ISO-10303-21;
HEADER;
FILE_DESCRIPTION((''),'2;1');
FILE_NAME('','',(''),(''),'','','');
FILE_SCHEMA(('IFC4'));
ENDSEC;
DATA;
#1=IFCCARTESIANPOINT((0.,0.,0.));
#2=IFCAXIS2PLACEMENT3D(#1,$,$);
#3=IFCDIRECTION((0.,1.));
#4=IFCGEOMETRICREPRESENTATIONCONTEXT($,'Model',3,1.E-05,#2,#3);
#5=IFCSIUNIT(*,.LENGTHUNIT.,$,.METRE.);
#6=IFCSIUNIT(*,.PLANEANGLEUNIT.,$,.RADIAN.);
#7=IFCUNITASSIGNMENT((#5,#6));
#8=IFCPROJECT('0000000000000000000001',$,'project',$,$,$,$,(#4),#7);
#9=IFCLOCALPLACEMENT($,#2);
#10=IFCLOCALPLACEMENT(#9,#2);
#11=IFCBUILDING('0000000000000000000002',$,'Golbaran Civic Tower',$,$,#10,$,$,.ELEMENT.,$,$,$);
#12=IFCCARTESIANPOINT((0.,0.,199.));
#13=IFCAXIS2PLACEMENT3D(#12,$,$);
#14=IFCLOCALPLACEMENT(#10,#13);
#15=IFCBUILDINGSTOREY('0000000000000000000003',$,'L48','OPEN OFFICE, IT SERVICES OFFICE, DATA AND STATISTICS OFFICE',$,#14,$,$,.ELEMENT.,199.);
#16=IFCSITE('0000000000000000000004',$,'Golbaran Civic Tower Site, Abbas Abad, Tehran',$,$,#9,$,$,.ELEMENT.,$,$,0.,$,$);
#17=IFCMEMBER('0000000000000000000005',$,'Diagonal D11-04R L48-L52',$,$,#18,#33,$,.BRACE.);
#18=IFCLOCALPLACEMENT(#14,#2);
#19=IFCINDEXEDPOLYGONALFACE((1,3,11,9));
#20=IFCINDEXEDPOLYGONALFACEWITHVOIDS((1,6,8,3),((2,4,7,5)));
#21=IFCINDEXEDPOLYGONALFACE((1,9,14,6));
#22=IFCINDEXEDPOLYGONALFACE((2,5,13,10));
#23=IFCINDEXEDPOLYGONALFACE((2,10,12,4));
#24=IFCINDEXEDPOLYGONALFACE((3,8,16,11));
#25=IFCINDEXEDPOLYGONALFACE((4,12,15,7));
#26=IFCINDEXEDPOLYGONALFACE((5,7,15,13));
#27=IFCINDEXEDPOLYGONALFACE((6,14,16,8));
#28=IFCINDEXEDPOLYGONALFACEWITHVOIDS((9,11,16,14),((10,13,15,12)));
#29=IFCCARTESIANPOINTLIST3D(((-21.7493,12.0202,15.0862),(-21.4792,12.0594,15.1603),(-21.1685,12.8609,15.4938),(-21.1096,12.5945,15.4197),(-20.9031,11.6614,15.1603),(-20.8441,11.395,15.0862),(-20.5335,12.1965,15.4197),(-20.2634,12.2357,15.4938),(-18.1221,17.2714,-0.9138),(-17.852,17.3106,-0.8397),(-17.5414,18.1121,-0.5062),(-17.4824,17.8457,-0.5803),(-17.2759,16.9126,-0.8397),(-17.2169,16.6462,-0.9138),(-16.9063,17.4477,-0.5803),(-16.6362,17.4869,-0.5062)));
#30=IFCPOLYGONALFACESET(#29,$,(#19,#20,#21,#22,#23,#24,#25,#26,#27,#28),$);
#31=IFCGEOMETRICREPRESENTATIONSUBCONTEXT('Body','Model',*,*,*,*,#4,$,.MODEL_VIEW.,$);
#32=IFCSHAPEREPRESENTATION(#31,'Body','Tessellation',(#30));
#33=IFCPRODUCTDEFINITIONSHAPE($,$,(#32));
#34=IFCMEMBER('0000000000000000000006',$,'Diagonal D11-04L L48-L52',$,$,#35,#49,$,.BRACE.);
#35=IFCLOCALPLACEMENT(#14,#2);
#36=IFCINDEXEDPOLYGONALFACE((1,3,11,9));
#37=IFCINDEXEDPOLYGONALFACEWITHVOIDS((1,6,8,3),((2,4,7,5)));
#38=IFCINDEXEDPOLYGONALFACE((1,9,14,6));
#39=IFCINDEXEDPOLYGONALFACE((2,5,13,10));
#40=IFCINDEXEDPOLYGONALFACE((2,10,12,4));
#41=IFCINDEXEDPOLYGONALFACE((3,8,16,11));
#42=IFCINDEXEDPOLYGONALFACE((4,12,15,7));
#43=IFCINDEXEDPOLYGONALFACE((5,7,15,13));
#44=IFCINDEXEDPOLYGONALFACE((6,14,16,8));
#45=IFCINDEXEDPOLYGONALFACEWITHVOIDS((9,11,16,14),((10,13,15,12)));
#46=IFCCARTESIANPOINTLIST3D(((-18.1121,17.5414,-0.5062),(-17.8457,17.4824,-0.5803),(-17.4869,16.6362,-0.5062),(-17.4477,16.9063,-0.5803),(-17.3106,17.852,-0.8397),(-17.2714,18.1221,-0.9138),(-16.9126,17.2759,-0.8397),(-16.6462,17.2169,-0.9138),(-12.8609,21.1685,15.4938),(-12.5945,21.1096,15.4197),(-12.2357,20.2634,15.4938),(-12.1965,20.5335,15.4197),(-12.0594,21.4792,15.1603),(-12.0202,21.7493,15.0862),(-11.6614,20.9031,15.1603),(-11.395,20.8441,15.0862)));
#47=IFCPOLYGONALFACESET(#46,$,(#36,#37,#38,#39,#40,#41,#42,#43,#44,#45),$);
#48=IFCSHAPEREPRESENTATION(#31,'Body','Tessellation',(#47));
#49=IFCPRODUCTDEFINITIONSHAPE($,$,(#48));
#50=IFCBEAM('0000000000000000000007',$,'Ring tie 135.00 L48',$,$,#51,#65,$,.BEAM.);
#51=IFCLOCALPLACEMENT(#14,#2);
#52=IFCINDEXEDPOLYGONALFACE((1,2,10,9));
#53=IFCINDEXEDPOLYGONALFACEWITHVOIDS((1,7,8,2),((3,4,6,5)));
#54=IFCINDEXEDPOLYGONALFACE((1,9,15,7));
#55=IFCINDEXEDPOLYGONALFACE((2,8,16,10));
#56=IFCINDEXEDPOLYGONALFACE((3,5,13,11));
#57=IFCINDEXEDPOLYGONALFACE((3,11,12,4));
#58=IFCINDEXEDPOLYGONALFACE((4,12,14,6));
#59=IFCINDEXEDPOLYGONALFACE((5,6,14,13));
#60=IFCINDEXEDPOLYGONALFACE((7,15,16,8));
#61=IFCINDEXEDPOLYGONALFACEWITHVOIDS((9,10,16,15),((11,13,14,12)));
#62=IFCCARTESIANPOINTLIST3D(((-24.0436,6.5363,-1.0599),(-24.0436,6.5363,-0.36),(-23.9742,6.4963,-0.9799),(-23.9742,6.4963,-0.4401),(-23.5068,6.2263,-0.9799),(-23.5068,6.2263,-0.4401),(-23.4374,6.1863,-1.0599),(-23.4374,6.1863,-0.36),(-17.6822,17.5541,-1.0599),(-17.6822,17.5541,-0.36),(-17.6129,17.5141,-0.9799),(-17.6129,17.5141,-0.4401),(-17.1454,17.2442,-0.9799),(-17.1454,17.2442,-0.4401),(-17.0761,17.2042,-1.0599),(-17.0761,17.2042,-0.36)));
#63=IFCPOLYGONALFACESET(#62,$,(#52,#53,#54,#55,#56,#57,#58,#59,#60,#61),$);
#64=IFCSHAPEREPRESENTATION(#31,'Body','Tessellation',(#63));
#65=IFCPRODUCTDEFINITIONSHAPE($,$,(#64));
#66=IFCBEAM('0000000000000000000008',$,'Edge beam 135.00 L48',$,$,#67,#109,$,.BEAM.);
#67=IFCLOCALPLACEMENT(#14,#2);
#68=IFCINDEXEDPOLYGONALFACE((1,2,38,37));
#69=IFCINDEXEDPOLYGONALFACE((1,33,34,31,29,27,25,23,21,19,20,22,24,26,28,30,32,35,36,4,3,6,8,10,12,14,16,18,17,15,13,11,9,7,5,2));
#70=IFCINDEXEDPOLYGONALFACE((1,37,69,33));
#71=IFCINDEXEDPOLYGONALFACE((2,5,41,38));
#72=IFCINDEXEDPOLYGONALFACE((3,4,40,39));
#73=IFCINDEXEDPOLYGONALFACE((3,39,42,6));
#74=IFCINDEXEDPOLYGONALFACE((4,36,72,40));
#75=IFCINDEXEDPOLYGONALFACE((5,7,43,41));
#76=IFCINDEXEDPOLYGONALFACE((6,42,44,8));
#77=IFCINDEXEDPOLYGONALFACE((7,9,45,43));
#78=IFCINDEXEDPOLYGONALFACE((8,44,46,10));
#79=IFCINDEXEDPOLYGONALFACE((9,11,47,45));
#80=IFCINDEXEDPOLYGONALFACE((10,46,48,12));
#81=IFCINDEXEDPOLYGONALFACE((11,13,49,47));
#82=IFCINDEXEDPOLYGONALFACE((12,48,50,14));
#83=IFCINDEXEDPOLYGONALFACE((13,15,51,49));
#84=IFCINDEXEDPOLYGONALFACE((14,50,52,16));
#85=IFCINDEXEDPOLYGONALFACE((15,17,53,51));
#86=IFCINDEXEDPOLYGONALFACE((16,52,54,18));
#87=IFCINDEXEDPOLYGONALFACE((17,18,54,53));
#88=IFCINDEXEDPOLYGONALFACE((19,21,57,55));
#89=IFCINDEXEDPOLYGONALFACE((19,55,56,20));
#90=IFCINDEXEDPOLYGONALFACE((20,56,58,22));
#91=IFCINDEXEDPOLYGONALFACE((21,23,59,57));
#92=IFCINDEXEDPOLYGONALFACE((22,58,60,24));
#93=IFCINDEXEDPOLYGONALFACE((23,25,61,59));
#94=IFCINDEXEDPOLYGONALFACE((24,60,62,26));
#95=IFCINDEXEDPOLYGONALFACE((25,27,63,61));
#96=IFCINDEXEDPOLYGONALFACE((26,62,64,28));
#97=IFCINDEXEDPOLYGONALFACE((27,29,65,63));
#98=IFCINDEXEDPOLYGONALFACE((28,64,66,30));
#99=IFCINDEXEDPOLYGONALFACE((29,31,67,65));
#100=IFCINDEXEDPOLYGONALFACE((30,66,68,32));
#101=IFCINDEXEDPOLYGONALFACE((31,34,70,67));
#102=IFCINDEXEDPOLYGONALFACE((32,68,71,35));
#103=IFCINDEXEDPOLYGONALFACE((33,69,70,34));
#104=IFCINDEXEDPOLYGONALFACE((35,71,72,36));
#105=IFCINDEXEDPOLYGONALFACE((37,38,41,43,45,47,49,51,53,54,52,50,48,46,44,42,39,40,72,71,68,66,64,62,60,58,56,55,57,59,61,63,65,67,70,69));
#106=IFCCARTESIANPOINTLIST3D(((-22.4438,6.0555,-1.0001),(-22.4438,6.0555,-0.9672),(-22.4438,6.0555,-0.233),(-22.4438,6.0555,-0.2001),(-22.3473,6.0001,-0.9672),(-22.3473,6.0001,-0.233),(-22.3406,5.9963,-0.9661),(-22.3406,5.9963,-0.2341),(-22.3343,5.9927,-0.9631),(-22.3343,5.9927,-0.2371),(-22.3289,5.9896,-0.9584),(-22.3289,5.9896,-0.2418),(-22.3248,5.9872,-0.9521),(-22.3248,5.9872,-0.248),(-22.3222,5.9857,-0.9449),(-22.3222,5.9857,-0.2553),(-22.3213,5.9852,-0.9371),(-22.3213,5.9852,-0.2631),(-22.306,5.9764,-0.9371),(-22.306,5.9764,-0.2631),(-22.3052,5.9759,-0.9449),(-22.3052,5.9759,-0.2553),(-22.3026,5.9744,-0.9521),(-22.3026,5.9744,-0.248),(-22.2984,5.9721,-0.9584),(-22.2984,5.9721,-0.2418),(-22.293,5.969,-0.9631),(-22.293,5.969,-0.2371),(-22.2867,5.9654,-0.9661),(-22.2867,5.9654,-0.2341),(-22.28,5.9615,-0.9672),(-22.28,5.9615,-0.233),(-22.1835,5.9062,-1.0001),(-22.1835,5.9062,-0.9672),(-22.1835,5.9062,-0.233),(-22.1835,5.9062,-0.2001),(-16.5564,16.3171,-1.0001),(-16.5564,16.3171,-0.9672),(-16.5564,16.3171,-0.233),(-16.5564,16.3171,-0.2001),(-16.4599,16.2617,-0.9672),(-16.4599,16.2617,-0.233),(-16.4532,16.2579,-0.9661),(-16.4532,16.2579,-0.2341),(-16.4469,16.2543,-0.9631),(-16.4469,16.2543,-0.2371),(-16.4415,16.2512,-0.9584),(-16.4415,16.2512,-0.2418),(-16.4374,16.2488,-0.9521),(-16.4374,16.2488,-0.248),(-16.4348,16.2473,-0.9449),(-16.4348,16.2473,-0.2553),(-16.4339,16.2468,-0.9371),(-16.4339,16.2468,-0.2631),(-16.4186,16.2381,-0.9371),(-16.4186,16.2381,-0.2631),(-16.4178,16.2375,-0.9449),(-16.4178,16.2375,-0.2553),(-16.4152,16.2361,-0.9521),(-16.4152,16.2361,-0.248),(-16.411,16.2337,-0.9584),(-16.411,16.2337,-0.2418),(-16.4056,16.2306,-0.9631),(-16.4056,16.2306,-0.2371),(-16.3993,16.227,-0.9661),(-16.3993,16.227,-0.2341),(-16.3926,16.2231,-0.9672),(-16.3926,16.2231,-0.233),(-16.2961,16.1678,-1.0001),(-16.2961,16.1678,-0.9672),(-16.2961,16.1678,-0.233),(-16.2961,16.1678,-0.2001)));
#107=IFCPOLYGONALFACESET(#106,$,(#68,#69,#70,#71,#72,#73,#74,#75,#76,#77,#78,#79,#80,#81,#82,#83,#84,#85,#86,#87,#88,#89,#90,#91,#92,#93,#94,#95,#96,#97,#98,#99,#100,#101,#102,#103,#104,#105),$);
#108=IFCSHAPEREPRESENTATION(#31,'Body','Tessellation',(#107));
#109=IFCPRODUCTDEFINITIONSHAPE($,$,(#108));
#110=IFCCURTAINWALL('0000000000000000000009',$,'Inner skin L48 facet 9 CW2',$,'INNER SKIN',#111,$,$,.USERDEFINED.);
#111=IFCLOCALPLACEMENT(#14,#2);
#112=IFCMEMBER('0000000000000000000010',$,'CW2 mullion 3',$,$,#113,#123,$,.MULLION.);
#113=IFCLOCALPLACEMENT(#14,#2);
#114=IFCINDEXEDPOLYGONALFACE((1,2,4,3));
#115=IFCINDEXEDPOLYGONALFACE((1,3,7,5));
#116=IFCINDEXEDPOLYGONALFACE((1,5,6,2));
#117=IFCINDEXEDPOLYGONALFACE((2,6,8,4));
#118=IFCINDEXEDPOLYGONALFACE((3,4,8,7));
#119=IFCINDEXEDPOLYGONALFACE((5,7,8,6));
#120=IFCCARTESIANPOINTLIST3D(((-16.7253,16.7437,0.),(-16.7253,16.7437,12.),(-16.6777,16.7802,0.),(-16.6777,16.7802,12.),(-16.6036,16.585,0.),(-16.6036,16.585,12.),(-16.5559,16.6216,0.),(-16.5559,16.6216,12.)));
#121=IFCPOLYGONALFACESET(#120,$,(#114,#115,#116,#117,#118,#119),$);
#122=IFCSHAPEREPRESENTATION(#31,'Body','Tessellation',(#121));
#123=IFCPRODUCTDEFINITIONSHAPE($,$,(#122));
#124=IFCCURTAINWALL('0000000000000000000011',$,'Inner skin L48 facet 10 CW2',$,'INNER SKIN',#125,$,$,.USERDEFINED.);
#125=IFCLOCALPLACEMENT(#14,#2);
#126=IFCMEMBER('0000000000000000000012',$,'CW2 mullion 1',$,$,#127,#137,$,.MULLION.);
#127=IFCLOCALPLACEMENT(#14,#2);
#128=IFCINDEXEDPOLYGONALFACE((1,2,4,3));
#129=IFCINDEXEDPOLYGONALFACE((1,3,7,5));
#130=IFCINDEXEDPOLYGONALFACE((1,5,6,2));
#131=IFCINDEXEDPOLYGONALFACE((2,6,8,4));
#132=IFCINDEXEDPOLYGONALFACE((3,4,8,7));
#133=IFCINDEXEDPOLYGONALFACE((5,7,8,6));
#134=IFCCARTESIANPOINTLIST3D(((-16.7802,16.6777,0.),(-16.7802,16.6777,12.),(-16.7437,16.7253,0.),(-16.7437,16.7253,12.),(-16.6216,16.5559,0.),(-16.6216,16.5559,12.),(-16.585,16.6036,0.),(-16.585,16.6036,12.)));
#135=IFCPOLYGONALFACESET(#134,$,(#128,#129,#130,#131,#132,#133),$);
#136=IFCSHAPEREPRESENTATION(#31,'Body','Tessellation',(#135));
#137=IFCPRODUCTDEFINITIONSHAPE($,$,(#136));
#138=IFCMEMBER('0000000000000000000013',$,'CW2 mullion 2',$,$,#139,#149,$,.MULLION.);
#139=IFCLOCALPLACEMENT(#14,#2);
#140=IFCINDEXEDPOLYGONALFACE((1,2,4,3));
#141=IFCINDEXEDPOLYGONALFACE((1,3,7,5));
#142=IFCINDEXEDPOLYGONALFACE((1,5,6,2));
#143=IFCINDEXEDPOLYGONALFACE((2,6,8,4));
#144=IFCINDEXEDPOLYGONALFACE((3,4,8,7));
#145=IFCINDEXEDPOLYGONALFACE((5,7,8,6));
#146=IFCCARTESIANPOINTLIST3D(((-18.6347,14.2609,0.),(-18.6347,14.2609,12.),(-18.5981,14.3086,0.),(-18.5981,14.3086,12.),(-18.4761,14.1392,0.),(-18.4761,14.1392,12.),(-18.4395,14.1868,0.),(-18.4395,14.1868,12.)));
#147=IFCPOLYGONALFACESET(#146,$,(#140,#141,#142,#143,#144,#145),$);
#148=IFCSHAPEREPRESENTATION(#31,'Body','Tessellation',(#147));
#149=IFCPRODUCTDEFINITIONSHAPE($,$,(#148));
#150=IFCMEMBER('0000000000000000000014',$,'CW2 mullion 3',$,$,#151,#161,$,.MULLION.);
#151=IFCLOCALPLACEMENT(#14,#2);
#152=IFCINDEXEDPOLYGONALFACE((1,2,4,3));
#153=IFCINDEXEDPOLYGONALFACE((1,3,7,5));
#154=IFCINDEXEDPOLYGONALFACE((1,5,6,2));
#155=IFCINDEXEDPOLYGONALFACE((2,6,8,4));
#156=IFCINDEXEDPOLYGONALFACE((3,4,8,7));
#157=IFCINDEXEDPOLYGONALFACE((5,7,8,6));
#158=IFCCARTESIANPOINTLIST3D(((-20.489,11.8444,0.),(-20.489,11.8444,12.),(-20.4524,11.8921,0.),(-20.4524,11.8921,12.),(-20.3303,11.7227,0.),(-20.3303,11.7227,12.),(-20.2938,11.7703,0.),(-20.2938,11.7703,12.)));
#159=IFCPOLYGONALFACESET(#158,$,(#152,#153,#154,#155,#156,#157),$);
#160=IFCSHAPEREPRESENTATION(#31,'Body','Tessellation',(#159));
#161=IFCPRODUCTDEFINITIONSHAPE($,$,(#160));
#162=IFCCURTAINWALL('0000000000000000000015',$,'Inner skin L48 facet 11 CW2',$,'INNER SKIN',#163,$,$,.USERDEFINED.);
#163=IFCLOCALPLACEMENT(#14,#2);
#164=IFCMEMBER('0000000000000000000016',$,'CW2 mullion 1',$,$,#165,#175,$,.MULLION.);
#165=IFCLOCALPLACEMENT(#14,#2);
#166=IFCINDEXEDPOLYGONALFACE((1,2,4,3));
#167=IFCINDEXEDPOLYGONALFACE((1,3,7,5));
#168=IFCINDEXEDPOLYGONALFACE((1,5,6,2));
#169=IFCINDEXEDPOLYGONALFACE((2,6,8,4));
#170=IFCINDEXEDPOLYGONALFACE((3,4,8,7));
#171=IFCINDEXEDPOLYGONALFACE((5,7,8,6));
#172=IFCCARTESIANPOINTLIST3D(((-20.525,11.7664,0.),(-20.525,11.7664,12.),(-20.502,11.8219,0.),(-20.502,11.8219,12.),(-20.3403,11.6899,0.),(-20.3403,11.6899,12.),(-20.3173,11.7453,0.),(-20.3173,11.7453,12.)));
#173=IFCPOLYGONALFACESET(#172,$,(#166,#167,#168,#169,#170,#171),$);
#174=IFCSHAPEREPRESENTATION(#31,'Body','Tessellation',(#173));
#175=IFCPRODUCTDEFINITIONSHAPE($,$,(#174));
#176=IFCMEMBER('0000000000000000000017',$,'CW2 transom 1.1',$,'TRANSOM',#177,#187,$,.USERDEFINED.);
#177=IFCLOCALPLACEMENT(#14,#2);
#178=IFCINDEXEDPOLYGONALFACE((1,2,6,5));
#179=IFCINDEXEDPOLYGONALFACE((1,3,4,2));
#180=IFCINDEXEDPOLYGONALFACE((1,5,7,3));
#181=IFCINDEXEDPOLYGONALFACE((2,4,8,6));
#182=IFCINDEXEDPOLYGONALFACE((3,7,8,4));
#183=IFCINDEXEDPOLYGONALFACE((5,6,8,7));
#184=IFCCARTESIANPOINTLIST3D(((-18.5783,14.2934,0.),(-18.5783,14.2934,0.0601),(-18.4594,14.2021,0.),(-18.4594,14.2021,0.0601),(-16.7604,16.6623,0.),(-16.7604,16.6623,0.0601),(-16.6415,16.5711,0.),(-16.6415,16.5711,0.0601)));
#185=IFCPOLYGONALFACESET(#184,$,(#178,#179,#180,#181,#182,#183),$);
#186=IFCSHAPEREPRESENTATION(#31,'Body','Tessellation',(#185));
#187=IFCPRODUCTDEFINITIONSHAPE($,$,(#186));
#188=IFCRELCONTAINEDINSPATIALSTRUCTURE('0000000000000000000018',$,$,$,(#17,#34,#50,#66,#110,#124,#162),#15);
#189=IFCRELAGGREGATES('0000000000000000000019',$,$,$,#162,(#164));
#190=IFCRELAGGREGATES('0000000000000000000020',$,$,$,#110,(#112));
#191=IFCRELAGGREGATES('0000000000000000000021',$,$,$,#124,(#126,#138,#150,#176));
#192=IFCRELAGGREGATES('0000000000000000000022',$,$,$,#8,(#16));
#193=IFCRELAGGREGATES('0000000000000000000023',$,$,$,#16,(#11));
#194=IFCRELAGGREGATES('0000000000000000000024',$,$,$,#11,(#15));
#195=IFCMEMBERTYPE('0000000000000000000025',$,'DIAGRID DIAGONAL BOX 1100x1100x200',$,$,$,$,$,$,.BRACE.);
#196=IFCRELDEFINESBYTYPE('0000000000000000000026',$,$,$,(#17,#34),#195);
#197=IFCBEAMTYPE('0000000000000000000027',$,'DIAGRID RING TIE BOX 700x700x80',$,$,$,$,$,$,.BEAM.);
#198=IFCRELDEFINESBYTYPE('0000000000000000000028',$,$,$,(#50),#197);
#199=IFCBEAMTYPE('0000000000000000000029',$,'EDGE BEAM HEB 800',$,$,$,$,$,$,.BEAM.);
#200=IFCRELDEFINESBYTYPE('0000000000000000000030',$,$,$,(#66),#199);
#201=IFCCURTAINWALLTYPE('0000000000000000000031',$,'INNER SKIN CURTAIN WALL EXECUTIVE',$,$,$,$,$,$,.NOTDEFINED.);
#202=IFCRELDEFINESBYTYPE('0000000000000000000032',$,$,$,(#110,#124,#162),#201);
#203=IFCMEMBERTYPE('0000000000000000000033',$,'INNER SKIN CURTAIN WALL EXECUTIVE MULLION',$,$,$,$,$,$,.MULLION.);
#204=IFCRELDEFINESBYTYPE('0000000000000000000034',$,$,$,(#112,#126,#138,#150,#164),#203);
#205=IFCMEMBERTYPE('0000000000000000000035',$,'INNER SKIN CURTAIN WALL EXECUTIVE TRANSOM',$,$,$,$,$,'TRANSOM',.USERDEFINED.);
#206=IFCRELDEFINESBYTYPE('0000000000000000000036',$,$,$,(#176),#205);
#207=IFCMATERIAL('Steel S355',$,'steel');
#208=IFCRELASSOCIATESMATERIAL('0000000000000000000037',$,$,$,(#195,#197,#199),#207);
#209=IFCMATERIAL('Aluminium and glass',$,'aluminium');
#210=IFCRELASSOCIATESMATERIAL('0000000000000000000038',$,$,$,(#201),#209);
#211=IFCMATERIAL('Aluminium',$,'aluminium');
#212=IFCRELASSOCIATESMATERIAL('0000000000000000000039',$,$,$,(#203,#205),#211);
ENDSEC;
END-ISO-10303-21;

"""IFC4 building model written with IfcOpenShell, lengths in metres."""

from ifc_helpers import new_model, si_unit, direction, frame, origin, origin_2d, place, context, subcontext, project, spatial, rectangle, hollow_rectangle, i_section, extrude, material, material_profile, profile_set, type_object, element, aggregate, save


model = new_model("IFC4")

# Units and contexts
model_context = context("Model", 3, precision=1e-05, world=origin(), true_north=direction((0.0, 1.0)))
body_context = subcontext(model_context, "Body", "Model", "MODEL_VIEW")
ifc_project = project(units=[si_unit("LENGTHUNIT", "METRE"), si_unit("PLANEANGLEUNIT", "RADIAN")], contexts=[model_context])

# Site, building, storey
site_placement = place(None, origin())
site = spatial("IfcSite", under=ifc_project, at=site_placement, Name="Golbaran Civic Tower Site, Abbas Abad, Tehran", CompositionType="ELEMENT", RefElevation=0.0)
building_placement = place(site_placement, origin())
building = spatial("IfcBuilding", under=site, at=building_placement, Name="Golbaran Civic Tower", CompositionType="ELEMENT")
storey_placement = place(building_placement, frame((0.0, 0.0, 199.0)))
storey = spatial("IfcBuildingStorey", under=building, at=storey_placement, Name="L48", Description="OPEN OFFICE, IT SERVICES OFFICE, DATA AND STATISTICS OFFICE", CompositionType="ELEMENT", Elevation=199.0)

# Members
ifc_material_1 = material(Name="Steel S355", Category="steel")
ifc_material_profile_1 = material_profile(ifc_material_1, hollow_rectangle(XDim=1.1001, YDim=1.1001, WallThickness=0.2, at=origin_2d()), Name="BOX 1100x1100x200")
ifc_profile_set_1 = profile_set([ifc_material_profile_1], Name="Steel S355")
member_type_1 = type_object("IfcMemberType", Name="DIAGRID DIAGONAL BOX 1100x1100x200", PredefinedType="BRACE", material=ifc_profile_set_1)
for number, where, z_axis, x_axis, name in (
    (1, (-17.3792, 17.3792, -0.71), (-0.210566, -0.304844, 0.928834), (0.822798, -0.568334, 0.0), "Diagonal D11-04R L48-L52"),
    (2, (-17.3792, 17.3792, -0.71), (0.304844, 0.210566, 0.928834), (-0.568334, 0.822798, 0.0), "Diagonal D11-04L L48-L52"),
):
    element("IfcMember", number, at=place(storey_placement, frame(where, z_axis=z_axis, x_axis=x_axis)), inside=storey, type_object=member_type_1, Name=name, PredefinedType="BRACE", context=body_context, shape_type="SweptSolid", body=[
        extrude(hollow_rectangle(XDim=1.1001, YDim=1.1001, WallThickness=0.2, at=origin_2d()), origin(), (0.0, 0.0, 1.0), 17.2258),
    ])

# Beams
ifc_material_profile_2 = material_profile(ifc_material_1, hollow_rectangle(XDim=0.7, YDim=0.7, WallThickness=0.0801, at=origin_2d()), Name="BOX 700x700x80")
ifc_profile_set_2 = profile_set([ifc_material_profile_2], Name="Steel S355")
beam_type_1 = type_object("IfcBeamType", Name="DIAGRID RING TIE BOX 700x700x80", PredefinedType="BEAM", material=ifc_profile_set_2)
beam_1_placement = place(storey_placement, frame((-17.3792, 17.3792, -0.71), z_axis=(-0.500011, -0.866019, 0.0), x_axis=(0.866019, -0.500011, 0.0)))
element("IfcBeam", 3, at=beam_1_placement, inside=storey, type_object=beam_type_1, Name="Ring tie 135.00 L48", PredefinedType="BEAM", context=body_context, shape_type="SweptSolid", body=[
    extrude(hollow_rectangle(XDim=0.7, YDim=0.7, WallThickness=0.0801, at=origin_2d()), origin(), (0.0, 0.0, 1.0), 12.7224),
])
ifc_material_profile_3 = material_profile(ifc_material_1, i_section(OverallWidth=0.3, OverallDepth=0.8, WebThickness=0.0176, FlangeThickness=0.033, FilletRadius=0.03, at=origin_2d()), Name="HEB 800")
ifc_profile_set_3 = profile_set([ifc_material_profile_3], Name="Steel S355")
beam_type_2 = type_object("IfcBeamType", Name="EDGE BEAM HEB 800", PredefinedType="BEAM", material=ifc_profile_set_3)
beam_2_placement = place(storey_placement, frame((-16.4263, 16.2424, -0.6001), z_axis=(-0.497643, -0.867382, 0.0), x_axis=(0.867382, -0.497643, 0.0)))
element("IfcBeam", 4, at=beam_2_placement, inside=storey, type_object=beam_type_2, Name="Edge beam 135.00 L48", PredefinedType="BEAM", context=body_context, shape_type="SweptSolid", body=[
    extrude(i_section(OverallWidth=0.3, OverallDepth=0.8, WebThickness=0.0176, FlangeThickness=0.033, FilletRadius=0.03, at=origin_2d()), origin(), (0.0, 0.0, 1.0), 11.8306),
])

# Curtain wall, member
ifc_material_2 = material(Name="Aluminium and glass", Category="aluminium")
curtain_wall_type_1 = type_object("IfcCurtainWallType", Name="INNER SKIN CURTAIN WALL EXECUTIVE", PredefinedType="NOTDEFINED", material=ifc_material_2)
curtain_wall_1_placement = place(storey_placement, origin())
curtain_wall_1 = element("IfcCurtainWall", 5, at=curtain_wall_1_placement, inside=storey, type_object=curtain_wall_type_1, Name="Inner skin L48 facet 9 CW2", ObjectType="INNER SKIN", PredefinedType="USERDEFINED")
ifc_material_3 = material(Name="Aluminium", Category="aluminium")
ifc_material_profile_4 = material_profile(ifc_material_3, rectangle(XDim=0.2, YDim=0.0601, at=origin_2d()), Name="INNER SKIN CURTAIN WALL EXECUTIVE MULLION")
ifc_profile_set_4 = profile_set([ifc_material_profile_4], Name="Aluminium")
member_type_2 = type_object("IfcMemberType", Name="INNER SKIN CURTAIN WALL EXECUTIVE MULLION", PredefinedType="MULLION", material=ifc_profile_set_4)
member_1_placement = place(storey_placement, frame((-16.6406, 16.6826, 0.0), z_axis=(0.0, 0.0, 1.0), x_axis=(0.608761, -0.793353, 0.0)))
member_1 = element("IfcMember", 6, at=member_1_placement, type_object=member_type_2, Name="CW2 mullion 3", PredefinedType="MULLION", context=body_context, shape_type="SweptSolid", body=[
    extrude(rectangle(XDim=0.2, YDim=0.0601, at=origin_2d()), origin(), (0.0, 0.0, 1.0), 12.0),
])

# Curtain wall, members
curtain_wall_2_placement = place(storey_placement, origin())
curtain_wall_2 = element("IfcCurtainWall", 7, at=curtain_wall_2_placement, inside=storey, type_object=curtain_wall_type_1, Name="Inner skin L48 facet 10 CW2", ObjectType="INNER SKIN", PredefinedType="USERDEFINED")
member_2_placement = place(storey_placement, frame((-16.6826, 16.6406, 0.0), z_axis=(0.0, 0.0, 1.0), x_axis=(0.793353, -0.608761, 0.0)))
member_2 = element("IfcMember", 8, at=member_2_placement, type_object=member_type_2, Name="CW2 mullion 1", PredefinedType="MULLION", context=body_context, shape_type="SweptSolid", body=[
    extrude(rectangle(XDim=0.2, YDim=0.0601, at=origin_2d()), origin(), (0.0, 0.0, 1.0), 12.0),
])
member_3_placement = place(storey_placement, frame((-18.5371, 14.2239, 0.0), z_axis=(0.0, 0.0, 1.0), x_axis=(0.793353, -0.608761, 0.0)))
member_3 = element("IfcMember", 9, at=member_3_placement, type_object=member_type_2, Name="CW2 mullion 2", PredefinedType="MULLION", context=body_context, shape_type="SweptSolid", body=[
    extrude(rectangle(XDim=0.2, YDim=0.0601, at=origin_2d()), origin(), (0.0, 0.0, 1.0), 12.0),
])
member_4_placement = place(storey_placement, frame((-20.3914, 11.8074, 0.0), z_axis=(0.0, 0.0, 1.0), x_axis=(0.793353, -0.608761, 0.0)))
member_4 = element("IfcMember", 10, at=member_4_placement, type_object=member_type_2, Name="CW2 mullion 3", PredefinedType="MULLION", context=body_context, shape_type="SweptSolid", body=[
    extrude(rectangle(XDim=0.2, YDim=0.0601, at=origin_2d()), origin(), (0.0, 0.0, 1.0), 12.0),
])

# Curtain wall, member
curtain_wall_3_placement = place(storey_placement, origin())
curtain_wall_3 = element("IfcCurtainWall", 11, at=curtain_wall_3_placement, inside=storey, type_object=curtain_wall_type_1, Name="Inner skin L48 facet 11 CW2", ObjectType="INNER SKIN", PredefinedType="USERDEFINED")
member_5_placement = place(storey_placement, frame((-20.4211, 11.7559, 0.0), z_axis=(0.0, 0.0, 1.0), x_axis=(0.92388, -0.382683, 0.0)))
member_5 = element("IfcMember", 12, at=member_5_placement, type_object=member_type_2, Name="CW2 mullion 1", PredefinedType="MULLION", context=body_context, shape_type="SweptSolid", body=[
    extrude(rectangle(XDim=0.2, YDim=0.0601, at=origin_2d()), origin(), (0.0, 0.0, 1.0), 12.0),
])

# Member
ifc_material_profile_5 = material_profile(ifc_material_3, rectangle(XDim=0.1499, YDim=0.0601, at=origin_2d()), Name="INNER SKIN CURTAIN WALL EXECUTIVE TRANSOM")
ifc_profile_set_5 = profile_set([ifc_material_profile_5], Name="Aluminium")
member_type_3 = type_object("IfcMemberType", Name="INNER SKIN CURTAIN WALL EXECUTIVE TRANSOM", ElementType="TRANSOM", PredefinedType="USERDEFINED", material=ifc_profile_set_5)
member_6_placement = place(storey_placement, frame((-16.7009, 16.6167, 0.03), z_axis=(-0.608794, -0.793329, 0.0), x_axis=(0.793329, -0.608794, 0.0)))
member_6 = element("IfcMember", 13, at=member_6_placement, type_object=member_type_3, Name="CW2 transom 1.1", ObjectType="TRANSOM", PredefinedType="USERDEFINED", context=body_context, shape_type="SweptSolid", body=[
    extrude(rectangle(XDim=0.1499, YDim=0.0601, at=origin_2d()), origin(), (0.0, 0.0, 1.0), 2.9861),
])

aggregate(curtain_wall_3, [member_5])
aggregate(curtain_wall_1, [member_1])
aggregate(curtain_wall_2, [member_2, member_3, member_4, member_6])

save(model, "model.ifc")
